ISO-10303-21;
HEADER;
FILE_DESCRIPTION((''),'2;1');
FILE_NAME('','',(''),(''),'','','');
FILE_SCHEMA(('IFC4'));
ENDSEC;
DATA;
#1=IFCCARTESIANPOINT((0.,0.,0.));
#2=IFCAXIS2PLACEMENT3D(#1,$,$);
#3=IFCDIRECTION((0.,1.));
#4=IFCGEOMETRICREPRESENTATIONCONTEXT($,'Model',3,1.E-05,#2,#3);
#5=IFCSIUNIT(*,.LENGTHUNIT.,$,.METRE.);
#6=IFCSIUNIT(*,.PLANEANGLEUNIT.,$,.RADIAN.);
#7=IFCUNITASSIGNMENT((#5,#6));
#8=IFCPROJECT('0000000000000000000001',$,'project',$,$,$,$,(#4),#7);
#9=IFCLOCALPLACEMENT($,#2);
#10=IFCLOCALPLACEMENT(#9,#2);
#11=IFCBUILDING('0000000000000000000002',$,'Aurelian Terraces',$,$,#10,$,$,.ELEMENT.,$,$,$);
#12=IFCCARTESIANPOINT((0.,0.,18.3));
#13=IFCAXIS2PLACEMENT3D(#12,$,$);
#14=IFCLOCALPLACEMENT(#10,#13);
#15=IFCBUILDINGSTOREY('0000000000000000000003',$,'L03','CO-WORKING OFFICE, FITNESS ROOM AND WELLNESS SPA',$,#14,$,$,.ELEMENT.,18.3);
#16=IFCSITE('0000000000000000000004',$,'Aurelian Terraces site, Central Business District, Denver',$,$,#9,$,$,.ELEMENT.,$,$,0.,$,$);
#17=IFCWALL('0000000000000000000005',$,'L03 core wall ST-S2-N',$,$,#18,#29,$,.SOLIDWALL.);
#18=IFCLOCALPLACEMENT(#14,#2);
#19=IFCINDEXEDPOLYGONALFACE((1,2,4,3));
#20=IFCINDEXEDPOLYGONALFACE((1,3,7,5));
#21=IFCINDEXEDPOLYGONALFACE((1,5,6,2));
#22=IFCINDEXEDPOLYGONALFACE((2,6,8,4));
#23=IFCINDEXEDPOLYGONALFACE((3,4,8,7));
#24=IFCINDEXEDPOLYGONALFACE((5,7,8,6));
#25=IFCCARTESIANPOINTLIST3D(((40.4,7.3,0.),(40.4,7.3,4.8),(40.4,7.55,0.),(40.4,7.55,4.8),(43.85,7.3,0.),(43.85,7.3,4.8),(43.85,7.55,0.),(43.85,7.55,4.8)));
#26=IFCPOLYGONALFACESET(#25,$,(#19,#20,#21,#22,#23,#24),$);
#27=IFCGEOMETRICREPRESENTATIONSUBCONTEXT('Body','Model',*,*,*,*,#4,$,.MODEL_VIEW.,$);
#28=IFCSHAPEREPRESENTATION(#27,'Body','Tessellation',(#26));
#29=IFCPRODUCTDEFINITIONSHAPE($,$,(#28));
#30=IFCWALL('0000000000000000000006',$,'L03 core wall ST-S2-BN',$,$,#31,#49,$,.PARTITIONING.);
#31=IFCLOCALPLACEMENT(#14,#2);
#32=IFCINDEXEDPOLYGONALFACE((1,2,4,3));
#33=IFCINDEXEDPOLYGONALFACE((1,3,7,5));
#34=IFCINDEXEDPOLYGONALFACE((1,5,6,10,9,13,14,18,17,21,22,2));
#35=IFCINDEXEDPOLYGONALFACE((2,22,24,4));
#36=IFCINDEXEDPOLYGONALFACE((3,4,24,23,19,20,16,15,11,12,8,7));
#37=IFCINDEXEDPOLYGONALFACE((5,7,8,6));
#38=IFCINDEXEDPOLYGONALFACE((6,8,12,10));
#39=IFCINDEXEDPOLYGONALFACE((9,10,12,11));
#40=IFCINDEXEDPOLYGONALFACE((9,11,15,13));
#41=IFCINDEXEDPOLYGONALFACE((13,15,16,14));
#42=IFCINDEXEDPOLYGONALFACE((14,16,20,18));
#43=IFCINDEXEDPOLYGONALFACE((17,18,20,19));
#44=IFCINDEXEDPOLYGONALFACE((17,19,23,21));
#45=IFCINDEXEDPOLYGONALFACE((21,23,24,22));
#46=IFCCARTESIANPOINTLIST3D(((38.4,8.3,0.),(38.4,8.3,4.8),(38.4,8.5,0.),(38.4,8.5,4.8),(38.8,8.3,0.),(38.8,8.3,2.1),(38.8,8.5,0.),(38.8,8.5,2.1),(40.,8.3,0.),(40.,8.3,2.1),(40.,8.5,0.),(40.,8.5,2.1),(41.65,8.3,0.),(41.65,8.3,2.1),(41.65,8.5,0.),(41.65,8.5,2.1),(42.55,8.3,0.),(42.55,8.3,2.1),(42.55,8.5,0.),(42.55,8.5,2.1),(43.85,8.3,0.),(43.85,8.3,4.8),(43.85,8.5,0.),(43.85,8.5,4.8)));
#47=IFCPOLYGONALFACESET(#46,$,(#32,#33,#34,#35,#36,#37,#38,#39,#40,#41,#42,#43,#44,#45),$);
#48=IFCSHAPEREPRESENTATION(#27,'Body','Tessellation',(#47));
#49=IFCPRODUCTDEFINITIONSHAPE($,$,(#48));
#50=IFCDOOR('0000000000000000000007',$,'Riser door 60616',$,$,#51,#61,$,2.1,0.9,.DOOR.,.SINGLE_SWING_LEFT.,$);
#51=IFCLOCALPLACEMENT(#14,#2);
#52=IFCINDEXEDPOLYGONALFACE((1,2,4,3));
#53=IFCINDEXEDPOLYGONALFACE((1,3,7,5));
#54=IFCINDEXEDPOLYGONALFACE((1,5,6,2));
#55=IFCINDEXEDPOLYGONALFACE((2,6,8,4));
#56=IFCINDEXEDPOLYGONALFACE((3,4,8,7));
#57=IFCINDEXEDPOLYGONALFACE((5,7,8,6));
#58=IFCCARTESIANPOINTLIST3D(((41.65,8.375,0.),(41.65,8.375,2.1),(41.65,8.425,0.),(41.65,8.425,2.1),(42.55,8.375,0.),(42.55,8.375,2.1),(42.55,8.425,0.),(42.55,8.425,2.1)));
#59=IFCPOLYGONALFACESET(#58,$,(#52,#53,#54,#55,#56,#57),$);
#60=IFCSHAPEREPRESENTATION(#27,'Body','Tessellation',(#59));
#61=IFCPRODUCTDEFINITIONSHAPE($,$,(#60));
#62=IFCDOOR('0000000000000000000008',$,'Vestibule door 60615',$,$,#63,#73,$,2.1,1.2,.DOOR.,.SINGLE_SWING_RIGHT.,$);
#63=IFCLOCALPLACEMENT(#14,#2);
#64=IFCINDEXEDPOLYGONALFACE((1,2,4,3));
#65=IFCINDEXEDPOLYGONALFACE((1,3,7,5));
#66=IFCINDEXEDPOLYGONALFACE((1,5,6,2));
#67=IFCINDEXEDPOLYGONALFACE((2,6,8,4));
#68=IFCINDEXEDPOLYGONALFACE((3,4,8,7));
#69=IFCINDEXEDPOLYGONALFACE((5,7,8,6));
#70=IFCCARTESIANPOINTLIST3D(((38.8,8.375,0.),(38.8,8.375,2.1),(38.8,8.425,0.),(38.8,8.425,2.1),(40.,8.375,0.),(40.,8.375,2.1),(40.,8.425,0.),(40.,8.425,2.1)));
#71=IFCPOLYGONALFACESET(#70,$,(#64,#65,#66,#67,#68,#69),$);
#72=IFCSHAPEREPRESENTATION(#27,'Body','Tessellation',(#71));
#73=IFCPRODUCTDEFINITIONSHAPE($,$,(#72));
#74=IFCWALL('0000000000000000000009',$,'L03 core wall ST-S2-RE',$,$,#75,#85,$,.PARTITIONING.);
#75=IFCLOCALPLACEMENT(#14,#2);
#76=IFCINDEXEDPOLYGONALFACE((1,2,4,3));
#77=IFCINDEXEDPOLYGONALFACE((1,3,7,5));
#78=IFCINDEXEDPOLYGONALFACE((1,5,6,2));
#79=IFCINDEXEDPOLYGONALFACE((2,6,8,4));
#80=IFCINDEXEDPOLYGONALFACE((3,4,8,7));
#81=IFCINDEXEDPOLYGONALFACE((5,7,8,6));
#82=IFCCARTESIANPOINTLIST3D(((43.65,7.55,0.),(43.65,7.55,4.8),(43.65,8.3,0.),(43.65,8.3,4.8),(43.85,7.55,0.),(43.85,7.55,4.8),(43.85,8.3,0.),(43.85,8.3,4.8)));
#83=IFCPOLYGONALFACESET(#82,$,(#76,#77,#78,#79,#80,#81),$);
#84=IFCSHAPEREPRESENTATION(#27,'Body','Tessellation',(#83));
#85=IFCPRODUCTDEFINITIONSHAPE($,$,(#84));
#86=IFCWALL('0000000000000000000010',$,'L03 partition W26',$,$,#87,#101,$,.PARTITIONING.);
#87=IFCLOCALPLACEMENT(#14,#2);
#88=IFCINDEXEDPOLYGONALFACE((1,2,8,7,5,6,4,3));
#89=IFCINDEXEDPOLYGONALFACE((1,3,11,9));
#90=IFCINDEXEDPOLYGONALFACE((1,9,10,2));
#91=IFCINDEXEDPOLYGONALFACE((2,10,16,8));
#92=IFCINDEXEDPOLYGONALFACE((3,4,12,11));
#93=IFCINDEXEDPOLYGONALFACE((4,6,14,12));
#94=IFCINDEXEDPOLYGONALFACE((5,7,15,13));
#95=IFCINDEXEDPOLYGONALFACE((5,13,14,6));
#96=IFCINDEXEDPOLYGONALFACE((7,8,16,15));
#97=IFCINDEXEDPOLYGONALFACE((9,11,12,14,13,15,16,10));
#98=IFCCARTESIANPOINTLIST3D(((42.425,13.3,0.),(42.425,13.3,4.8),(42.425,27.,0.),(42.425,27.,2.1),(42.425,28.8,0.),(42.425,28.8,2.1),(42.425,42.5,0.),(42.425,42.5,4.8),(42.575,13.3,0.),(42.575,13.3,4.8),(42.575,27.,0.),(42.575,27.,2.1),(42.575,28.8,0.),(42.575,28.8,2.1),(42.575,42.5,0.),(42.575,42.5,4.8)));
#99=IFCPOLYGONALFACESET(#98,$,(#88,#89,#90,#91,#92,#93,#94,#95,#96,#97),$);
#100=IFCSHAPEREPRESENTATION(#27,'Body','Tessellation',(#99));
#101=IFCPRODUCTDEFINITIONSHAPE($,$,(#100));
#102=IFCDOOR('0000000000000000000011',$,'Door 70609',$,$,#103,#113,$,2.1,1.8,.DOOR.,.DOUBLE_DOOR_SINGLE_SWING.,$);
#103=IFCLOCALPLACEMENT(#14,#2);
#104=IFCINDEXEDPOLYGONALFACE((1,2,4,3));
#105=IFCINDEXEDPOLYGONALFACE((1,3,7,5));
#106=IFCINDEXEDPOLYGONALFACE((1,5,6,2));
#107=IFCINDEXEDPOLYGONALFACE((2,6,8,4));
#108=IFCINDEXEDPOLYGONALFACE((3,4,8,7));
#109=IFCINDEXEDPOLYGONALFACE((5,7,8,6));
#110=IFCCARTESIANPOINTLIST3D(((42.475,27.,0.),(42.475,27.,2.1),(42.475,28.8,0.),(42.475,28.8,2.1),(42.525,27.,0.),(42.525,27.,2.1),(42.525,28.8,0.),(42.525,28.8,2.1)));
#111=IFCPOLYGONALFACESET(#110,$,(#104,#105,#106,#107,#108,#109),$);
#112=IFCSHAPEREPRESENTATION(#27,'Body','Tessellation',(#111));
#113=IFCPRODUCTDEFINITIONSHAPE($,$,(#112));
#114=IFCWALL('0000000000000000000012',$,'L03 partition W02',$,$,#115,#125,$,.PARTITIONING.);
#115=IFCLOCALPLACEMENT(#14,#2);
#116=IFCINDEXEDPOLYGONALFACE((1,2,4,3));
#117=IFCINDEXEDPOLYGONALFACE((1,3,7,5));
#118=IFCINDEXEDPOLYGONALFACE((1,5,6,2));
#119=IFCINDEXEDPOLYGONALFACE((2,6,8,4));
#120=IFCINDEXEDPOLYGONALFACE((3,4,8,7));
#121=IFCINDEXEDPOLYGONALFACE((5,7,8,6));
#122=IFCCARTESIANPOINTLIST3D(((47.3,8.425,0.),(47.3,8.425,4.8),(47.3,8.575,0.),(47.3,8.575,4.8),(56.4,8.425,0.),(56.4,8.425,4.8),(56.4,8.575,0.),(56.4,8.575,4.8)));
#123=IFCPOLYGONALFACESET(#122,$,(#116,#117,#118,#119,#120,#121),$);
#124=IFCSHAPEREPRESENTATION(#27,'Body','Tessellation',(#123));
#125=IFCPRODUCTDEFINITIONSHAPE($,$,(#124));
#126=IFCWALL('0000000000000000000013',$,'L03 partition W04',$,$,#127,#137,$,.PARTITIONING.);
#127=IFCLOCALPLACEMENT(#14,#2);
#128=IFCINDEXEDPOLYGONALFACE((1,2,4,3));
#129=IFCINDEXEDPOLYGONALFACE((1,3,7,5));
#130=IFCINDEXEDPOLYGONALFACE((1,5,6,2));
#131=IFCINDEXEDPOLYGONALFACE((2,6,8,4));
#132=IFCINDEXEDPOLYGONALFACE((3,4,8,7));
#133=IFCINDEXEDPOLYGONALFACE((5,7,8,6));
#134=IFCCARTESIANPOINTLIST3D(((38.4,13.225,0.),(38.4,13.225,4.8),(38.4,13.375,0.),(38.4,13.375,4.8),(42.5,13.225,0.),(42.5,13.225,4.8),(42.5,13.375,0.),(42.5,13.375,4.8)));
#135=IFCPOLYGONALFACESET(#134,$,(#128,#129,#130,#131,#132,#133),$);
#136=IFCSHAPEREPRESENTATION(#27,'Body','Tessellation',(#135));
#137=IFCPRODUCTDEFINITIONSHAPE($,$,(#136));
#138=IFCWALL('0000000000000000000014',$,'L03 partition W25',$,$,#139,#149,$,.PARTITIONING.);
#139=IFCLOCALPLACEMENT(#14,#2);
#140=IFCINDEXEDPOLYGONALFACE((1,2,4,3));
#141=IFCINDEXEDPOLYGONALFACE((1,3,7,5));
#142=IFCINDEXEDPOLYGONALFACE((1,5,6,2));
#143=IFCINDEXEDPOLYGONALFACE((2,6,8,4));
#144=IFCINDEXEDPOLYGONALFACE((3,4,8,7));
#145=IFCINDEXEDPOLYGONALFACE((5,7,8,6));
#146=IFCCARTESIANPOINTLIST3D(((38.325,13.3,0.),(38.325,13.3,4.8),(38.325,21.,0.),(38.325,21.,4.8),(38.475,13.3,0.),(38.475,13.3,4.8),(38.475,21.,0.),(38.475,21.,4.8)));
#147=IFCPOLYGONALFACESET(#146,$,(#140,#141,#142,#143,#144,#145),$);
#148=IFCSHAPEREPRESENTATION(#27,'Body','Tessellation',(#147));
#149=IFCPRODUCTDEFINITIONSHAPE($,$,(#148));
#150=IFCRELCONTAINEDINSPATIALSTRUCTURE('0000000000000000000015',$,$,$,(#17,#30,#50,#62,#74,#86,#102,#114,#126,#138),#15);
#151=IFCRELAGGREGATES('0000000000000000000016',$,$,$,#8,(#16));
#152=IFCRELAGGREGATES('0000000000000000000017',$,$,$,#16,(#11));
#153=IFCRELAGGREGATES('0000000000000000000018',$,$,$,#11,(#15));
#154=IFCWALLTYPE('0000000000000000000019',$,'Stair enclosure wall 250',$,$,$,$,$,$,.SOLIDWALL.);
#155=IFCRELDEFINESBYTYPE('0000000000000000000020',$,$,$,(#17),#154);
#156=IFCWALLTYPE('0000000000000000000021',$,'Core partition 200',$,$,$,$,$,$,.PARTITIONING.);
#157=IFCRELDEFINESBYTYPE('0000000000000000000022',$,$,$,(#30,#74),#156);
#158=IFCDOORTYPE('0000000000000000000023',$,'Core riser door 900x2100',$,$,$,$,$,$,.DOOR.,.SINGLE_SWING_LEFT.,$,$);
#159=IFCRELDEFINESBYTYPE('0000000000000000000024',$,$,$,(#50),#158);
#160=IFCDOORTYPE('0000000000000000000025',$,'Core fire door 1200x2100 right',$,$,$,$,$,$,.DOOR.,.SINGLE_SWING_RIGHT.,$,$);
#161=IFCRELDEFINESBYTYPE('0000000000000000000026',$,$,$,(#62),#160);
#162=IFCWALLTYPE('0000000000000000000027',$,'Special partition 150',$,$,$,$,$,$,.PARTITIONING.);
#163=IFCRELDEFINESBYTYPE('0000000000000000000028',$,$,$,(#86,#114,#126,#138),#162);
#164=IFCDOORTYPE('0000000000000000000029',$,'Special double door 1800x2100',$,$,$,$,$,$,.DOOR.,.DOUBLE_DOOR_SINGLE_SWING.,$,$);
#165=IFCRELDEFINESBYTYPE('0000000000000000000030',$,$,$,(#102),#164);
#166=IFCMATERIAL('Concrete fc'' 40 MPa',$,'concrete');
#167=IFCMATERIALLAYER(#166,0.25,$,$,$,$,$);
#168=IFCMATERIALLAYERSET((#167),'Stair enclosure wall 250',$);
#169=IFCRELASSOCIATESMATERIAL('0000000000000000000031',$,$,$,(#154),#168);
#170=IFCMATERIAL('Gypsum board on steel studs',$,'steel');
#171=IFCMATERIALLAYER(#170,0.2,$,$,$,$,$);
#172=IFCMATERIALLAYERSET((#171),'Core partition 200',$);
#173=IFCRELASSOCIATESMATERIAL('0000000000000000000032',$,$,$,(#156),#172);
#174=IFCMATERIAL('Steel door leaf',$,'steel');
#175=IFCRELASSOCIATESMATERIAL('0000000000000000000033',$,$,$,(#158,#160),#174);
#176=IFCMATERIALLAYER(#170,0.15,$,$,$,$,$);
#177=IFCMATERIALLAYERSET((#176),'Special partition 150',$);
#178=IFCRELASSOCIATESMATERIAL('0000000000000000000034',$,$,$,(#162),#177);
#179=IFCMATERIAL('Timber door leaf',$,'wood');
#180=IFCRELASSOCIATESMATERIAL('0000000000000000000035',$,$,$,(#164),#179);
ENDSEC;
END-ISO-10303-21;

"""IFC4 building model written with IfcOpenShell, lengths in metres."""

from ifc_helpers import new_model, si_unit, direction, frame, frame_2d, origin, place, context, subcontext, project, spatial, rectangle, extrude, source, transform, mapped, material, layer, layer_set, type_object, element, fill, save


model = new_model("IFC4")

# Units and contexts
model_context = context("Model", 3, precision=1e-05, world=origin(), true_north=direction((0.0, 1.0)))
body_context = subcontext(model_context, "Body", "Model", "MODEL_VIEW")
ifc_project = project(units=[si_unit("LENGTHUNIT", "METRE"), si_unit("PLANEANGLEUNIT", "RADIAN")], contexts=[model_context])

# Site, building, storey
site_placement = place(None, origin())
site = spatial("IfcSite", under=ifc_project, at=site_placement, Name="Aurelian Terraces site, Central Business District, Denver", CompositionType="ELEMENT", RefElevation=0.0)
building_placement = place(site_placement, origin())
building = spatial("IfcBuilding", under=site, at=building_placement, Name="Aurelian Terraces", CompositionType="ELEMENT")
storey_placement = place(building_placement, frame((0.0, 0.0, 18.3)))
storey = spatial("IfcBuildingStorey", under=building, at=storey_placement, Name="L03", Description="CO-WORKING OFFICE, FITNESS ROOM AND WELLNESS SPA", CompositionType="ELEMENT", Elevation=18.3)

# Wall
ifc_material_1 = material(Name="Concrete fc' 40 MPa", Category="concrete")
ifc_layer_1 = layer(ifc_material_1, 0.25)
ifc_layer_set_1 = layer_set([ifc_layer_1], Name="Stair enclosure wall 250")
wall_type_1 = type_object("IfcWallType", Name="Stair enclosure wall 250", PredefinedType="SOLIDWALL", material=ifc_layer_set_1)
shared_shape_1 = source(origin(), body_context, "Body", "SweptSolid", [
    extrude(rectangle(XDim=3.45, YDim=0.25, at=frame_2d((1.725, 0.0))), origin(), (0.0, 0.0, 1.0), 4.8),
])
wall_1_placement = place(storey_placement, frame((40.4, 7.425, 0.0), z_axis=(0.0, 0.0, 1.0), x_axis=(1.0, 0.0, 0.0)))
element("IfcWall", 1, at=wall_1_placement, inside=storey, type_object=wall_type_1, Name="L03 core wall ST-S2-N", PredefinedType="SOLIDWALL", context=body_context, shape_type="MappedRepresentation", body=[
    mapped(shared_shape_1, transform((0.0, 0.0, 0.0), scale=1.0)),
])

# Wall, openings, doors
ifc_material_2 = material(Name="Gypsum board on steel studs", Category="steel")
ifc_layer_2 = layer(ifc_material_2, 0.2)
ifc_layer_set_2 = layer_set([ifc_layer_2], Name="Core partition 200")
wall_type_2 = type_object("IfcWallType", Name="Core partition 200", PredefinedType="PARTITIONING", material=ifc_layer_set_2)
shared_shape_2 = source(origin(), body_context, "Body", "SweptSolid", [
    extrude(rectangle(XDim=5.45, YDim=0.2, at=frame_2d((2.725, 0.0))), origin(), (0.0, 0.0, 1.0), 4.8),
])
wall_2_placement = place(storey_placement, frame((38.4, 8.4, 0.0), z_axis=(0.0, 0.0, 1.0), x_axis=(1.0, 0.0, 0.0)))
wall_2 = element("IfcWall", 2, at=wall_2_placement, inside=storey, type_object=wall_type_2, Name="L03 core wall ST-S2-BN", PredefinedType="PARTITIONING", context=body_context, shape_type="MappedRepresentation", body=[
    mapped(shared_shape_2, transform((0.0, 0.0, 0.0), scale=1.0)),
])
shared_shape_3 = source(origin(), body_context, "Body", "SweptSolid", [
    extrude(rectangle(XDim=1.2, YDim=2.1, at=frame_2d((0.6, 1.05))), frame((0.0, 0.11, 0.0), z_axis=(0.0, -1.0, 0.0), x_axis=(1.0, 0.0, 0.0)), (0.0, 0.0, 1.0), 0.22),
])
opening_1_placement = place(wall_2_placement, frame((0.4, 0.0, 0.0)))
opening_1 = element("IfcOpeningElement", 3, at=opening_1_placement, cuts=wall_2, PredefinedType="OPENING", context=body_context, shape_type="MappedRepresentation", body=[
    mapped(shared_shape_3, transform((0.0, 0.0, 0.0), scale=1.0)),
])
shared_shape_4 = source(origin(), body_context, "Body", "SweptSolid", [
    extrude(rectangle(XDim=0.9, YDim=2.1, at=frame_2d((0.45, 1.05))), frame((0.0, 0.11, 0.0), z_axis=(0.0, -1.0, 0.0), x_axis=(1.0, 0.0, 0.0)), (0.0, 0.0, 1.0), 0.22),
])
opening_2_placement = place(wall_2_placement, frame((3.25, 0.0, 0.0)))
opening_2 = element("IfcOpeningElement", 4, at=opening_2_placement, cuts=wall_2, PredefinedType="OPENING", context=body_context, shape_type="MappedRepresentation", body=[
    mapped(shared_shape_4, transform((0.0, 0.0, 0.0), scale=1.0)),
])
ifc_material_3 = material(Name="Steel door leaf", Category="steel")
door_type_1 = type_object("IfcDoorType", Name="Core riser door 900x2100", OperationType="SINGLE_SWING_LEFT", PredefinedType="DOOR", material=ifc_material_3)
shared_shape_5 = source(origin(), body_context, "Body", "SweptSolid", [
    extrude(rectangle(XDim=0.9, YDim=2.1, at=frame_2d((0.45, 1.05))), frame((0.0, 0.025, 0.0), z_axis=(0.0, -1.0, 0.0), x_axis=(1.0, 0.0, 0.0)), (0.0, 0.0, 1.0), 0.05),
])
door_1_placement = place(opening_2_placement, origin())
door_1 = element("IfcDoor", 5, at=door_1_placement, inside=storey, type_object=door_type_1, Name="Riser door 60616", OperationType="SINGLE_SWING_LEFT", OverallHeight=2.1, OverallWidth=0.9, PredefinedType="DOOR", context=body_context, shape_type="MappedRepresentation", body=[
    mapped(shared_shape_5, transform((0.0, 0.0, 0.0), scale=1.0)),
])
fill(opening_2, door_1)
door_type_2 = type_object("IfcDoorType", Name="Core fire door 1200x2100 right", OperationType="SINGLE_SWING_RIGHT", PredefinedType="DOOR", material=ifc_material_3)
shared_shape_6 = source(origin(), body_context, "Body", "SweptSolid", [
    extrude(rectangle(XDim=1.2, YDim=2.1, at=frame_2d((0.6, 1.05))), frame((0.0, 0.025, 0.0), z_axis=(0.0, -1.0, 0.0), x_axis=(1.0, 0.0, 0.0)), (0.0, 0.0, 1.0), 0.05),
])
door_2_placement = place(opening_1_placement, origin())
door_2 = element("IfcDoor", 6, at=door_2_placement, inside=storey, type_object=door_type_2, Name="Vestibule door 60615", OperationType="SINGLE_SWING_RIGHT", OverallHeight=2.1, OverallWidth=1.2, PredefinedType="DOOR", context=body_context, shape_type="MappedRepresentation", body=[
    mapped(shared_shape_6, transform((0.0, 0.0, 0.0), scale=1.0)),
])
fill(opening_1, door_2)

# Wall
shared_shape_7 = source(origin(), body_context, "Body", "SweptSolid", [
    extrude(rectangle(XDim=0.75, YDim=0.2, at=frame_2d((0.375, 0.0))), origin(), (0.0, 0.0, 1.0), 4.8),
])
wall_3_placement = place(storey_placement, frame((43.75, 7.55, 0.0), z_axis=(0.0, 0.0, 1.0), x_axis=(0.0, 1.0, 0.0)))
element("IfcWall", 7, at=wall_3_placement, inside=storey, type_object=wall_type_2, Name="L03 core wall ST-S2-RE", PredefinedType="PARTITIONING", context=body_context, shape_type="MappedRepresentation", body=[
    mapped(shared_shape_7, transform((0.0, 0.0, 0.0), scale=1.0)),
])

# Wall, opening, door
ifc_layer_3 = layer(ifc_material_2, 0.15)
ifc_layer_set_3 = layer_set([ifc_layer_3], Name="Special partition 150")
wall_type_3 = type_object("IfcWallType", Name="Special partition 150", PredefinedType="PARTITIONING", material=ifc_layer_set_3)
shared_shape_8 = source(origin(), body_context, "Body", "SweptSolid", [
    extrude(rectangle(XDim=29.2, YDim=0.15, at=frame_2d((14.6, 0.0))), origin(), (0.0, 0.0, 1.0), 4.8),
])
wall_4_placement = place(storey_placement, frame((42.5, 13.3, 0.0), z_axis=(0.0, 0.0, 1.0), x_axis=(0.0, 1.0, 0.0)))
wall_4 = element("IfcWall", 8, at=wall_4_placement, inside=storey, type_object=wall_type_3, Name="L03 partition W26", PredefinedType="PARTITIONING", context=body_context, shape_type="MappedRepresentation", body=[
    mapped(shared_shape_8, transform((0.0, 0.0, 0.0), scale=1.0)),
])
shared_shape_9 = source(origin(), body_context, "Body", "SweptSolid", [
    extrude(rectangle(XDim=1.8, YDim=2.1, at=frame_2d((0.9, 1.05))), frame((0.0, 0.085, 0.0), z_axis=(0.0, -1.0, 0.0), x_axis=(1.0, 0.0, 0.0)), (0.0, 0.0, 1.0), 0.17),
])
opening_3_placement = place(wall_4_placement, frame((13.7, 0.0, 0.0)))
opening_3 = element("IfcOpeningElement", 9, at=opening_3_placement, cuts=wall_4, PredefinedType="OPENING", context=body_context, shape_type="MappedRepresentation", body=[
    mapped(shared_shape_9, transform((0.0, 0.0, 0.0), scale=1.0)),
])
ifc_material_4 = material(Name="Timber door leaf", Category="wood")
door_type_3 = type_object("IfcDoorType", Name="Special double door 1800x2100", OperationType="DOUBLE_DOOR_SINGLE_SWING", PredefinedType="DOOR", material=ifc_material_4)
shared_shape_10 = source(origin(), body_context, "Body", "SweptSolid", [
    extrude(rectangle(XDim=1.8, YDim=2.1, at=frame_2d((0.9, 1.05))), frame((0.0, 0.025, 0.0), z_axis=(0.0, -1.0, 0.0), x_axis=(1.0, 0.0, 0.0)), (0.0, 0.0, 1.0), 0.05),
])
door_3_placement = place(opening_3_placement, origin())
door_3 = element("IfcDoor", 10, at=door_3_placement, inside=storey, type_object=door_type_3, Name="Door 70609", OperationType="DOUBLE_DOOR_SINGLE_SWING", OverallHeight=2.1, OverallWidth=1.8, PredefinedType="DOOR", context=body_context, shape_type="MappedRepresentation", body=[
    mapped(shared_shape_10, transform((0.0, 0.0, 0.0), scale=1.0)),
])
fill(opening_3, door_3)

# Walls
shared_shape_11 = source(origin(), body_context, "Body", "SweptSolid", [
    extrude(rectangle(XDim=9.1, YDim=0.15, at=frame_2d((4.55, 0.0))), origin(), (0.0, 0.0, 1.0), 4.8),
])
wall_5_placement = place(storey_placement, frame((47.3, 8.5, 0.0), z_axis=(0.0, 0.0, 1.0), x_axis=(1.0, 0.0, 0.0)))
element("IfcWall", 11, at=wall_5_placement, inside=storey, type_object=wall_type_3, Name="L03 partition W02", PredefinedType="PARTITIONING", context=body_context, shape_type="MappedRepresentation", body=[
    mapped(shared_shape_11, transform((0.0, 0.0, 0.0), scale=1.0)),
])
shared_shape_12 = source(origin(), body_context, "Body", "SweptSolid", [
    extrude(rectangle(XDim=4.1, YDim=0.15, at=frame_2d((2.05, 0.0))), origin(), (0.0, 0.0, 1.0), 4.8),
])
wall_6_placement = place(storey_placement, frame((38.4, 13.3, 0.0), z_axis=(0.0, 0.0, 1.0), x_axis=(1.0, 0.0, 0.0)))
element("IfcWall", 12, at=wall_6_placement, inside=storey, type_object=wall_type_3, Name="L03 partition W04", PredefinedType="PARTITIONING", context=body_context, shape_type="MappedRepresentation", body=[
    mapped(shared_shape_12, transform((0.0, 0.0, 0.0), scale=1.0)),
])
shared_shape_13 = source(origin(), body_context, "Body", "SweptSolid", [
    extrude(rectangle(XDim=7.7, YDim=0.15, at=frame_2d((3.85, 0.0))), origin(), (0.0, 0.0, 1.0), 4.8),
])
wall_7_placement = place(storey_placement, frame((38.4, 13.3, 0.0), z_axis=(0.0, 0.0, 1.0), x_axis=(0.0, 1.0, 0.0)))
element("IfcWall", 13, at=wall_7_placement, inside=storey, type_object=wall_type_3, Name="L03 partition W25", PredefinedType="PARTITIONING", context=body_context, shape_type="MappedRepresentation", body=[
    mapped(shared_shape_13, transform((0.0, 0.0, 0.0), scale=1.0)),
])

save(model, "model.ifc")
